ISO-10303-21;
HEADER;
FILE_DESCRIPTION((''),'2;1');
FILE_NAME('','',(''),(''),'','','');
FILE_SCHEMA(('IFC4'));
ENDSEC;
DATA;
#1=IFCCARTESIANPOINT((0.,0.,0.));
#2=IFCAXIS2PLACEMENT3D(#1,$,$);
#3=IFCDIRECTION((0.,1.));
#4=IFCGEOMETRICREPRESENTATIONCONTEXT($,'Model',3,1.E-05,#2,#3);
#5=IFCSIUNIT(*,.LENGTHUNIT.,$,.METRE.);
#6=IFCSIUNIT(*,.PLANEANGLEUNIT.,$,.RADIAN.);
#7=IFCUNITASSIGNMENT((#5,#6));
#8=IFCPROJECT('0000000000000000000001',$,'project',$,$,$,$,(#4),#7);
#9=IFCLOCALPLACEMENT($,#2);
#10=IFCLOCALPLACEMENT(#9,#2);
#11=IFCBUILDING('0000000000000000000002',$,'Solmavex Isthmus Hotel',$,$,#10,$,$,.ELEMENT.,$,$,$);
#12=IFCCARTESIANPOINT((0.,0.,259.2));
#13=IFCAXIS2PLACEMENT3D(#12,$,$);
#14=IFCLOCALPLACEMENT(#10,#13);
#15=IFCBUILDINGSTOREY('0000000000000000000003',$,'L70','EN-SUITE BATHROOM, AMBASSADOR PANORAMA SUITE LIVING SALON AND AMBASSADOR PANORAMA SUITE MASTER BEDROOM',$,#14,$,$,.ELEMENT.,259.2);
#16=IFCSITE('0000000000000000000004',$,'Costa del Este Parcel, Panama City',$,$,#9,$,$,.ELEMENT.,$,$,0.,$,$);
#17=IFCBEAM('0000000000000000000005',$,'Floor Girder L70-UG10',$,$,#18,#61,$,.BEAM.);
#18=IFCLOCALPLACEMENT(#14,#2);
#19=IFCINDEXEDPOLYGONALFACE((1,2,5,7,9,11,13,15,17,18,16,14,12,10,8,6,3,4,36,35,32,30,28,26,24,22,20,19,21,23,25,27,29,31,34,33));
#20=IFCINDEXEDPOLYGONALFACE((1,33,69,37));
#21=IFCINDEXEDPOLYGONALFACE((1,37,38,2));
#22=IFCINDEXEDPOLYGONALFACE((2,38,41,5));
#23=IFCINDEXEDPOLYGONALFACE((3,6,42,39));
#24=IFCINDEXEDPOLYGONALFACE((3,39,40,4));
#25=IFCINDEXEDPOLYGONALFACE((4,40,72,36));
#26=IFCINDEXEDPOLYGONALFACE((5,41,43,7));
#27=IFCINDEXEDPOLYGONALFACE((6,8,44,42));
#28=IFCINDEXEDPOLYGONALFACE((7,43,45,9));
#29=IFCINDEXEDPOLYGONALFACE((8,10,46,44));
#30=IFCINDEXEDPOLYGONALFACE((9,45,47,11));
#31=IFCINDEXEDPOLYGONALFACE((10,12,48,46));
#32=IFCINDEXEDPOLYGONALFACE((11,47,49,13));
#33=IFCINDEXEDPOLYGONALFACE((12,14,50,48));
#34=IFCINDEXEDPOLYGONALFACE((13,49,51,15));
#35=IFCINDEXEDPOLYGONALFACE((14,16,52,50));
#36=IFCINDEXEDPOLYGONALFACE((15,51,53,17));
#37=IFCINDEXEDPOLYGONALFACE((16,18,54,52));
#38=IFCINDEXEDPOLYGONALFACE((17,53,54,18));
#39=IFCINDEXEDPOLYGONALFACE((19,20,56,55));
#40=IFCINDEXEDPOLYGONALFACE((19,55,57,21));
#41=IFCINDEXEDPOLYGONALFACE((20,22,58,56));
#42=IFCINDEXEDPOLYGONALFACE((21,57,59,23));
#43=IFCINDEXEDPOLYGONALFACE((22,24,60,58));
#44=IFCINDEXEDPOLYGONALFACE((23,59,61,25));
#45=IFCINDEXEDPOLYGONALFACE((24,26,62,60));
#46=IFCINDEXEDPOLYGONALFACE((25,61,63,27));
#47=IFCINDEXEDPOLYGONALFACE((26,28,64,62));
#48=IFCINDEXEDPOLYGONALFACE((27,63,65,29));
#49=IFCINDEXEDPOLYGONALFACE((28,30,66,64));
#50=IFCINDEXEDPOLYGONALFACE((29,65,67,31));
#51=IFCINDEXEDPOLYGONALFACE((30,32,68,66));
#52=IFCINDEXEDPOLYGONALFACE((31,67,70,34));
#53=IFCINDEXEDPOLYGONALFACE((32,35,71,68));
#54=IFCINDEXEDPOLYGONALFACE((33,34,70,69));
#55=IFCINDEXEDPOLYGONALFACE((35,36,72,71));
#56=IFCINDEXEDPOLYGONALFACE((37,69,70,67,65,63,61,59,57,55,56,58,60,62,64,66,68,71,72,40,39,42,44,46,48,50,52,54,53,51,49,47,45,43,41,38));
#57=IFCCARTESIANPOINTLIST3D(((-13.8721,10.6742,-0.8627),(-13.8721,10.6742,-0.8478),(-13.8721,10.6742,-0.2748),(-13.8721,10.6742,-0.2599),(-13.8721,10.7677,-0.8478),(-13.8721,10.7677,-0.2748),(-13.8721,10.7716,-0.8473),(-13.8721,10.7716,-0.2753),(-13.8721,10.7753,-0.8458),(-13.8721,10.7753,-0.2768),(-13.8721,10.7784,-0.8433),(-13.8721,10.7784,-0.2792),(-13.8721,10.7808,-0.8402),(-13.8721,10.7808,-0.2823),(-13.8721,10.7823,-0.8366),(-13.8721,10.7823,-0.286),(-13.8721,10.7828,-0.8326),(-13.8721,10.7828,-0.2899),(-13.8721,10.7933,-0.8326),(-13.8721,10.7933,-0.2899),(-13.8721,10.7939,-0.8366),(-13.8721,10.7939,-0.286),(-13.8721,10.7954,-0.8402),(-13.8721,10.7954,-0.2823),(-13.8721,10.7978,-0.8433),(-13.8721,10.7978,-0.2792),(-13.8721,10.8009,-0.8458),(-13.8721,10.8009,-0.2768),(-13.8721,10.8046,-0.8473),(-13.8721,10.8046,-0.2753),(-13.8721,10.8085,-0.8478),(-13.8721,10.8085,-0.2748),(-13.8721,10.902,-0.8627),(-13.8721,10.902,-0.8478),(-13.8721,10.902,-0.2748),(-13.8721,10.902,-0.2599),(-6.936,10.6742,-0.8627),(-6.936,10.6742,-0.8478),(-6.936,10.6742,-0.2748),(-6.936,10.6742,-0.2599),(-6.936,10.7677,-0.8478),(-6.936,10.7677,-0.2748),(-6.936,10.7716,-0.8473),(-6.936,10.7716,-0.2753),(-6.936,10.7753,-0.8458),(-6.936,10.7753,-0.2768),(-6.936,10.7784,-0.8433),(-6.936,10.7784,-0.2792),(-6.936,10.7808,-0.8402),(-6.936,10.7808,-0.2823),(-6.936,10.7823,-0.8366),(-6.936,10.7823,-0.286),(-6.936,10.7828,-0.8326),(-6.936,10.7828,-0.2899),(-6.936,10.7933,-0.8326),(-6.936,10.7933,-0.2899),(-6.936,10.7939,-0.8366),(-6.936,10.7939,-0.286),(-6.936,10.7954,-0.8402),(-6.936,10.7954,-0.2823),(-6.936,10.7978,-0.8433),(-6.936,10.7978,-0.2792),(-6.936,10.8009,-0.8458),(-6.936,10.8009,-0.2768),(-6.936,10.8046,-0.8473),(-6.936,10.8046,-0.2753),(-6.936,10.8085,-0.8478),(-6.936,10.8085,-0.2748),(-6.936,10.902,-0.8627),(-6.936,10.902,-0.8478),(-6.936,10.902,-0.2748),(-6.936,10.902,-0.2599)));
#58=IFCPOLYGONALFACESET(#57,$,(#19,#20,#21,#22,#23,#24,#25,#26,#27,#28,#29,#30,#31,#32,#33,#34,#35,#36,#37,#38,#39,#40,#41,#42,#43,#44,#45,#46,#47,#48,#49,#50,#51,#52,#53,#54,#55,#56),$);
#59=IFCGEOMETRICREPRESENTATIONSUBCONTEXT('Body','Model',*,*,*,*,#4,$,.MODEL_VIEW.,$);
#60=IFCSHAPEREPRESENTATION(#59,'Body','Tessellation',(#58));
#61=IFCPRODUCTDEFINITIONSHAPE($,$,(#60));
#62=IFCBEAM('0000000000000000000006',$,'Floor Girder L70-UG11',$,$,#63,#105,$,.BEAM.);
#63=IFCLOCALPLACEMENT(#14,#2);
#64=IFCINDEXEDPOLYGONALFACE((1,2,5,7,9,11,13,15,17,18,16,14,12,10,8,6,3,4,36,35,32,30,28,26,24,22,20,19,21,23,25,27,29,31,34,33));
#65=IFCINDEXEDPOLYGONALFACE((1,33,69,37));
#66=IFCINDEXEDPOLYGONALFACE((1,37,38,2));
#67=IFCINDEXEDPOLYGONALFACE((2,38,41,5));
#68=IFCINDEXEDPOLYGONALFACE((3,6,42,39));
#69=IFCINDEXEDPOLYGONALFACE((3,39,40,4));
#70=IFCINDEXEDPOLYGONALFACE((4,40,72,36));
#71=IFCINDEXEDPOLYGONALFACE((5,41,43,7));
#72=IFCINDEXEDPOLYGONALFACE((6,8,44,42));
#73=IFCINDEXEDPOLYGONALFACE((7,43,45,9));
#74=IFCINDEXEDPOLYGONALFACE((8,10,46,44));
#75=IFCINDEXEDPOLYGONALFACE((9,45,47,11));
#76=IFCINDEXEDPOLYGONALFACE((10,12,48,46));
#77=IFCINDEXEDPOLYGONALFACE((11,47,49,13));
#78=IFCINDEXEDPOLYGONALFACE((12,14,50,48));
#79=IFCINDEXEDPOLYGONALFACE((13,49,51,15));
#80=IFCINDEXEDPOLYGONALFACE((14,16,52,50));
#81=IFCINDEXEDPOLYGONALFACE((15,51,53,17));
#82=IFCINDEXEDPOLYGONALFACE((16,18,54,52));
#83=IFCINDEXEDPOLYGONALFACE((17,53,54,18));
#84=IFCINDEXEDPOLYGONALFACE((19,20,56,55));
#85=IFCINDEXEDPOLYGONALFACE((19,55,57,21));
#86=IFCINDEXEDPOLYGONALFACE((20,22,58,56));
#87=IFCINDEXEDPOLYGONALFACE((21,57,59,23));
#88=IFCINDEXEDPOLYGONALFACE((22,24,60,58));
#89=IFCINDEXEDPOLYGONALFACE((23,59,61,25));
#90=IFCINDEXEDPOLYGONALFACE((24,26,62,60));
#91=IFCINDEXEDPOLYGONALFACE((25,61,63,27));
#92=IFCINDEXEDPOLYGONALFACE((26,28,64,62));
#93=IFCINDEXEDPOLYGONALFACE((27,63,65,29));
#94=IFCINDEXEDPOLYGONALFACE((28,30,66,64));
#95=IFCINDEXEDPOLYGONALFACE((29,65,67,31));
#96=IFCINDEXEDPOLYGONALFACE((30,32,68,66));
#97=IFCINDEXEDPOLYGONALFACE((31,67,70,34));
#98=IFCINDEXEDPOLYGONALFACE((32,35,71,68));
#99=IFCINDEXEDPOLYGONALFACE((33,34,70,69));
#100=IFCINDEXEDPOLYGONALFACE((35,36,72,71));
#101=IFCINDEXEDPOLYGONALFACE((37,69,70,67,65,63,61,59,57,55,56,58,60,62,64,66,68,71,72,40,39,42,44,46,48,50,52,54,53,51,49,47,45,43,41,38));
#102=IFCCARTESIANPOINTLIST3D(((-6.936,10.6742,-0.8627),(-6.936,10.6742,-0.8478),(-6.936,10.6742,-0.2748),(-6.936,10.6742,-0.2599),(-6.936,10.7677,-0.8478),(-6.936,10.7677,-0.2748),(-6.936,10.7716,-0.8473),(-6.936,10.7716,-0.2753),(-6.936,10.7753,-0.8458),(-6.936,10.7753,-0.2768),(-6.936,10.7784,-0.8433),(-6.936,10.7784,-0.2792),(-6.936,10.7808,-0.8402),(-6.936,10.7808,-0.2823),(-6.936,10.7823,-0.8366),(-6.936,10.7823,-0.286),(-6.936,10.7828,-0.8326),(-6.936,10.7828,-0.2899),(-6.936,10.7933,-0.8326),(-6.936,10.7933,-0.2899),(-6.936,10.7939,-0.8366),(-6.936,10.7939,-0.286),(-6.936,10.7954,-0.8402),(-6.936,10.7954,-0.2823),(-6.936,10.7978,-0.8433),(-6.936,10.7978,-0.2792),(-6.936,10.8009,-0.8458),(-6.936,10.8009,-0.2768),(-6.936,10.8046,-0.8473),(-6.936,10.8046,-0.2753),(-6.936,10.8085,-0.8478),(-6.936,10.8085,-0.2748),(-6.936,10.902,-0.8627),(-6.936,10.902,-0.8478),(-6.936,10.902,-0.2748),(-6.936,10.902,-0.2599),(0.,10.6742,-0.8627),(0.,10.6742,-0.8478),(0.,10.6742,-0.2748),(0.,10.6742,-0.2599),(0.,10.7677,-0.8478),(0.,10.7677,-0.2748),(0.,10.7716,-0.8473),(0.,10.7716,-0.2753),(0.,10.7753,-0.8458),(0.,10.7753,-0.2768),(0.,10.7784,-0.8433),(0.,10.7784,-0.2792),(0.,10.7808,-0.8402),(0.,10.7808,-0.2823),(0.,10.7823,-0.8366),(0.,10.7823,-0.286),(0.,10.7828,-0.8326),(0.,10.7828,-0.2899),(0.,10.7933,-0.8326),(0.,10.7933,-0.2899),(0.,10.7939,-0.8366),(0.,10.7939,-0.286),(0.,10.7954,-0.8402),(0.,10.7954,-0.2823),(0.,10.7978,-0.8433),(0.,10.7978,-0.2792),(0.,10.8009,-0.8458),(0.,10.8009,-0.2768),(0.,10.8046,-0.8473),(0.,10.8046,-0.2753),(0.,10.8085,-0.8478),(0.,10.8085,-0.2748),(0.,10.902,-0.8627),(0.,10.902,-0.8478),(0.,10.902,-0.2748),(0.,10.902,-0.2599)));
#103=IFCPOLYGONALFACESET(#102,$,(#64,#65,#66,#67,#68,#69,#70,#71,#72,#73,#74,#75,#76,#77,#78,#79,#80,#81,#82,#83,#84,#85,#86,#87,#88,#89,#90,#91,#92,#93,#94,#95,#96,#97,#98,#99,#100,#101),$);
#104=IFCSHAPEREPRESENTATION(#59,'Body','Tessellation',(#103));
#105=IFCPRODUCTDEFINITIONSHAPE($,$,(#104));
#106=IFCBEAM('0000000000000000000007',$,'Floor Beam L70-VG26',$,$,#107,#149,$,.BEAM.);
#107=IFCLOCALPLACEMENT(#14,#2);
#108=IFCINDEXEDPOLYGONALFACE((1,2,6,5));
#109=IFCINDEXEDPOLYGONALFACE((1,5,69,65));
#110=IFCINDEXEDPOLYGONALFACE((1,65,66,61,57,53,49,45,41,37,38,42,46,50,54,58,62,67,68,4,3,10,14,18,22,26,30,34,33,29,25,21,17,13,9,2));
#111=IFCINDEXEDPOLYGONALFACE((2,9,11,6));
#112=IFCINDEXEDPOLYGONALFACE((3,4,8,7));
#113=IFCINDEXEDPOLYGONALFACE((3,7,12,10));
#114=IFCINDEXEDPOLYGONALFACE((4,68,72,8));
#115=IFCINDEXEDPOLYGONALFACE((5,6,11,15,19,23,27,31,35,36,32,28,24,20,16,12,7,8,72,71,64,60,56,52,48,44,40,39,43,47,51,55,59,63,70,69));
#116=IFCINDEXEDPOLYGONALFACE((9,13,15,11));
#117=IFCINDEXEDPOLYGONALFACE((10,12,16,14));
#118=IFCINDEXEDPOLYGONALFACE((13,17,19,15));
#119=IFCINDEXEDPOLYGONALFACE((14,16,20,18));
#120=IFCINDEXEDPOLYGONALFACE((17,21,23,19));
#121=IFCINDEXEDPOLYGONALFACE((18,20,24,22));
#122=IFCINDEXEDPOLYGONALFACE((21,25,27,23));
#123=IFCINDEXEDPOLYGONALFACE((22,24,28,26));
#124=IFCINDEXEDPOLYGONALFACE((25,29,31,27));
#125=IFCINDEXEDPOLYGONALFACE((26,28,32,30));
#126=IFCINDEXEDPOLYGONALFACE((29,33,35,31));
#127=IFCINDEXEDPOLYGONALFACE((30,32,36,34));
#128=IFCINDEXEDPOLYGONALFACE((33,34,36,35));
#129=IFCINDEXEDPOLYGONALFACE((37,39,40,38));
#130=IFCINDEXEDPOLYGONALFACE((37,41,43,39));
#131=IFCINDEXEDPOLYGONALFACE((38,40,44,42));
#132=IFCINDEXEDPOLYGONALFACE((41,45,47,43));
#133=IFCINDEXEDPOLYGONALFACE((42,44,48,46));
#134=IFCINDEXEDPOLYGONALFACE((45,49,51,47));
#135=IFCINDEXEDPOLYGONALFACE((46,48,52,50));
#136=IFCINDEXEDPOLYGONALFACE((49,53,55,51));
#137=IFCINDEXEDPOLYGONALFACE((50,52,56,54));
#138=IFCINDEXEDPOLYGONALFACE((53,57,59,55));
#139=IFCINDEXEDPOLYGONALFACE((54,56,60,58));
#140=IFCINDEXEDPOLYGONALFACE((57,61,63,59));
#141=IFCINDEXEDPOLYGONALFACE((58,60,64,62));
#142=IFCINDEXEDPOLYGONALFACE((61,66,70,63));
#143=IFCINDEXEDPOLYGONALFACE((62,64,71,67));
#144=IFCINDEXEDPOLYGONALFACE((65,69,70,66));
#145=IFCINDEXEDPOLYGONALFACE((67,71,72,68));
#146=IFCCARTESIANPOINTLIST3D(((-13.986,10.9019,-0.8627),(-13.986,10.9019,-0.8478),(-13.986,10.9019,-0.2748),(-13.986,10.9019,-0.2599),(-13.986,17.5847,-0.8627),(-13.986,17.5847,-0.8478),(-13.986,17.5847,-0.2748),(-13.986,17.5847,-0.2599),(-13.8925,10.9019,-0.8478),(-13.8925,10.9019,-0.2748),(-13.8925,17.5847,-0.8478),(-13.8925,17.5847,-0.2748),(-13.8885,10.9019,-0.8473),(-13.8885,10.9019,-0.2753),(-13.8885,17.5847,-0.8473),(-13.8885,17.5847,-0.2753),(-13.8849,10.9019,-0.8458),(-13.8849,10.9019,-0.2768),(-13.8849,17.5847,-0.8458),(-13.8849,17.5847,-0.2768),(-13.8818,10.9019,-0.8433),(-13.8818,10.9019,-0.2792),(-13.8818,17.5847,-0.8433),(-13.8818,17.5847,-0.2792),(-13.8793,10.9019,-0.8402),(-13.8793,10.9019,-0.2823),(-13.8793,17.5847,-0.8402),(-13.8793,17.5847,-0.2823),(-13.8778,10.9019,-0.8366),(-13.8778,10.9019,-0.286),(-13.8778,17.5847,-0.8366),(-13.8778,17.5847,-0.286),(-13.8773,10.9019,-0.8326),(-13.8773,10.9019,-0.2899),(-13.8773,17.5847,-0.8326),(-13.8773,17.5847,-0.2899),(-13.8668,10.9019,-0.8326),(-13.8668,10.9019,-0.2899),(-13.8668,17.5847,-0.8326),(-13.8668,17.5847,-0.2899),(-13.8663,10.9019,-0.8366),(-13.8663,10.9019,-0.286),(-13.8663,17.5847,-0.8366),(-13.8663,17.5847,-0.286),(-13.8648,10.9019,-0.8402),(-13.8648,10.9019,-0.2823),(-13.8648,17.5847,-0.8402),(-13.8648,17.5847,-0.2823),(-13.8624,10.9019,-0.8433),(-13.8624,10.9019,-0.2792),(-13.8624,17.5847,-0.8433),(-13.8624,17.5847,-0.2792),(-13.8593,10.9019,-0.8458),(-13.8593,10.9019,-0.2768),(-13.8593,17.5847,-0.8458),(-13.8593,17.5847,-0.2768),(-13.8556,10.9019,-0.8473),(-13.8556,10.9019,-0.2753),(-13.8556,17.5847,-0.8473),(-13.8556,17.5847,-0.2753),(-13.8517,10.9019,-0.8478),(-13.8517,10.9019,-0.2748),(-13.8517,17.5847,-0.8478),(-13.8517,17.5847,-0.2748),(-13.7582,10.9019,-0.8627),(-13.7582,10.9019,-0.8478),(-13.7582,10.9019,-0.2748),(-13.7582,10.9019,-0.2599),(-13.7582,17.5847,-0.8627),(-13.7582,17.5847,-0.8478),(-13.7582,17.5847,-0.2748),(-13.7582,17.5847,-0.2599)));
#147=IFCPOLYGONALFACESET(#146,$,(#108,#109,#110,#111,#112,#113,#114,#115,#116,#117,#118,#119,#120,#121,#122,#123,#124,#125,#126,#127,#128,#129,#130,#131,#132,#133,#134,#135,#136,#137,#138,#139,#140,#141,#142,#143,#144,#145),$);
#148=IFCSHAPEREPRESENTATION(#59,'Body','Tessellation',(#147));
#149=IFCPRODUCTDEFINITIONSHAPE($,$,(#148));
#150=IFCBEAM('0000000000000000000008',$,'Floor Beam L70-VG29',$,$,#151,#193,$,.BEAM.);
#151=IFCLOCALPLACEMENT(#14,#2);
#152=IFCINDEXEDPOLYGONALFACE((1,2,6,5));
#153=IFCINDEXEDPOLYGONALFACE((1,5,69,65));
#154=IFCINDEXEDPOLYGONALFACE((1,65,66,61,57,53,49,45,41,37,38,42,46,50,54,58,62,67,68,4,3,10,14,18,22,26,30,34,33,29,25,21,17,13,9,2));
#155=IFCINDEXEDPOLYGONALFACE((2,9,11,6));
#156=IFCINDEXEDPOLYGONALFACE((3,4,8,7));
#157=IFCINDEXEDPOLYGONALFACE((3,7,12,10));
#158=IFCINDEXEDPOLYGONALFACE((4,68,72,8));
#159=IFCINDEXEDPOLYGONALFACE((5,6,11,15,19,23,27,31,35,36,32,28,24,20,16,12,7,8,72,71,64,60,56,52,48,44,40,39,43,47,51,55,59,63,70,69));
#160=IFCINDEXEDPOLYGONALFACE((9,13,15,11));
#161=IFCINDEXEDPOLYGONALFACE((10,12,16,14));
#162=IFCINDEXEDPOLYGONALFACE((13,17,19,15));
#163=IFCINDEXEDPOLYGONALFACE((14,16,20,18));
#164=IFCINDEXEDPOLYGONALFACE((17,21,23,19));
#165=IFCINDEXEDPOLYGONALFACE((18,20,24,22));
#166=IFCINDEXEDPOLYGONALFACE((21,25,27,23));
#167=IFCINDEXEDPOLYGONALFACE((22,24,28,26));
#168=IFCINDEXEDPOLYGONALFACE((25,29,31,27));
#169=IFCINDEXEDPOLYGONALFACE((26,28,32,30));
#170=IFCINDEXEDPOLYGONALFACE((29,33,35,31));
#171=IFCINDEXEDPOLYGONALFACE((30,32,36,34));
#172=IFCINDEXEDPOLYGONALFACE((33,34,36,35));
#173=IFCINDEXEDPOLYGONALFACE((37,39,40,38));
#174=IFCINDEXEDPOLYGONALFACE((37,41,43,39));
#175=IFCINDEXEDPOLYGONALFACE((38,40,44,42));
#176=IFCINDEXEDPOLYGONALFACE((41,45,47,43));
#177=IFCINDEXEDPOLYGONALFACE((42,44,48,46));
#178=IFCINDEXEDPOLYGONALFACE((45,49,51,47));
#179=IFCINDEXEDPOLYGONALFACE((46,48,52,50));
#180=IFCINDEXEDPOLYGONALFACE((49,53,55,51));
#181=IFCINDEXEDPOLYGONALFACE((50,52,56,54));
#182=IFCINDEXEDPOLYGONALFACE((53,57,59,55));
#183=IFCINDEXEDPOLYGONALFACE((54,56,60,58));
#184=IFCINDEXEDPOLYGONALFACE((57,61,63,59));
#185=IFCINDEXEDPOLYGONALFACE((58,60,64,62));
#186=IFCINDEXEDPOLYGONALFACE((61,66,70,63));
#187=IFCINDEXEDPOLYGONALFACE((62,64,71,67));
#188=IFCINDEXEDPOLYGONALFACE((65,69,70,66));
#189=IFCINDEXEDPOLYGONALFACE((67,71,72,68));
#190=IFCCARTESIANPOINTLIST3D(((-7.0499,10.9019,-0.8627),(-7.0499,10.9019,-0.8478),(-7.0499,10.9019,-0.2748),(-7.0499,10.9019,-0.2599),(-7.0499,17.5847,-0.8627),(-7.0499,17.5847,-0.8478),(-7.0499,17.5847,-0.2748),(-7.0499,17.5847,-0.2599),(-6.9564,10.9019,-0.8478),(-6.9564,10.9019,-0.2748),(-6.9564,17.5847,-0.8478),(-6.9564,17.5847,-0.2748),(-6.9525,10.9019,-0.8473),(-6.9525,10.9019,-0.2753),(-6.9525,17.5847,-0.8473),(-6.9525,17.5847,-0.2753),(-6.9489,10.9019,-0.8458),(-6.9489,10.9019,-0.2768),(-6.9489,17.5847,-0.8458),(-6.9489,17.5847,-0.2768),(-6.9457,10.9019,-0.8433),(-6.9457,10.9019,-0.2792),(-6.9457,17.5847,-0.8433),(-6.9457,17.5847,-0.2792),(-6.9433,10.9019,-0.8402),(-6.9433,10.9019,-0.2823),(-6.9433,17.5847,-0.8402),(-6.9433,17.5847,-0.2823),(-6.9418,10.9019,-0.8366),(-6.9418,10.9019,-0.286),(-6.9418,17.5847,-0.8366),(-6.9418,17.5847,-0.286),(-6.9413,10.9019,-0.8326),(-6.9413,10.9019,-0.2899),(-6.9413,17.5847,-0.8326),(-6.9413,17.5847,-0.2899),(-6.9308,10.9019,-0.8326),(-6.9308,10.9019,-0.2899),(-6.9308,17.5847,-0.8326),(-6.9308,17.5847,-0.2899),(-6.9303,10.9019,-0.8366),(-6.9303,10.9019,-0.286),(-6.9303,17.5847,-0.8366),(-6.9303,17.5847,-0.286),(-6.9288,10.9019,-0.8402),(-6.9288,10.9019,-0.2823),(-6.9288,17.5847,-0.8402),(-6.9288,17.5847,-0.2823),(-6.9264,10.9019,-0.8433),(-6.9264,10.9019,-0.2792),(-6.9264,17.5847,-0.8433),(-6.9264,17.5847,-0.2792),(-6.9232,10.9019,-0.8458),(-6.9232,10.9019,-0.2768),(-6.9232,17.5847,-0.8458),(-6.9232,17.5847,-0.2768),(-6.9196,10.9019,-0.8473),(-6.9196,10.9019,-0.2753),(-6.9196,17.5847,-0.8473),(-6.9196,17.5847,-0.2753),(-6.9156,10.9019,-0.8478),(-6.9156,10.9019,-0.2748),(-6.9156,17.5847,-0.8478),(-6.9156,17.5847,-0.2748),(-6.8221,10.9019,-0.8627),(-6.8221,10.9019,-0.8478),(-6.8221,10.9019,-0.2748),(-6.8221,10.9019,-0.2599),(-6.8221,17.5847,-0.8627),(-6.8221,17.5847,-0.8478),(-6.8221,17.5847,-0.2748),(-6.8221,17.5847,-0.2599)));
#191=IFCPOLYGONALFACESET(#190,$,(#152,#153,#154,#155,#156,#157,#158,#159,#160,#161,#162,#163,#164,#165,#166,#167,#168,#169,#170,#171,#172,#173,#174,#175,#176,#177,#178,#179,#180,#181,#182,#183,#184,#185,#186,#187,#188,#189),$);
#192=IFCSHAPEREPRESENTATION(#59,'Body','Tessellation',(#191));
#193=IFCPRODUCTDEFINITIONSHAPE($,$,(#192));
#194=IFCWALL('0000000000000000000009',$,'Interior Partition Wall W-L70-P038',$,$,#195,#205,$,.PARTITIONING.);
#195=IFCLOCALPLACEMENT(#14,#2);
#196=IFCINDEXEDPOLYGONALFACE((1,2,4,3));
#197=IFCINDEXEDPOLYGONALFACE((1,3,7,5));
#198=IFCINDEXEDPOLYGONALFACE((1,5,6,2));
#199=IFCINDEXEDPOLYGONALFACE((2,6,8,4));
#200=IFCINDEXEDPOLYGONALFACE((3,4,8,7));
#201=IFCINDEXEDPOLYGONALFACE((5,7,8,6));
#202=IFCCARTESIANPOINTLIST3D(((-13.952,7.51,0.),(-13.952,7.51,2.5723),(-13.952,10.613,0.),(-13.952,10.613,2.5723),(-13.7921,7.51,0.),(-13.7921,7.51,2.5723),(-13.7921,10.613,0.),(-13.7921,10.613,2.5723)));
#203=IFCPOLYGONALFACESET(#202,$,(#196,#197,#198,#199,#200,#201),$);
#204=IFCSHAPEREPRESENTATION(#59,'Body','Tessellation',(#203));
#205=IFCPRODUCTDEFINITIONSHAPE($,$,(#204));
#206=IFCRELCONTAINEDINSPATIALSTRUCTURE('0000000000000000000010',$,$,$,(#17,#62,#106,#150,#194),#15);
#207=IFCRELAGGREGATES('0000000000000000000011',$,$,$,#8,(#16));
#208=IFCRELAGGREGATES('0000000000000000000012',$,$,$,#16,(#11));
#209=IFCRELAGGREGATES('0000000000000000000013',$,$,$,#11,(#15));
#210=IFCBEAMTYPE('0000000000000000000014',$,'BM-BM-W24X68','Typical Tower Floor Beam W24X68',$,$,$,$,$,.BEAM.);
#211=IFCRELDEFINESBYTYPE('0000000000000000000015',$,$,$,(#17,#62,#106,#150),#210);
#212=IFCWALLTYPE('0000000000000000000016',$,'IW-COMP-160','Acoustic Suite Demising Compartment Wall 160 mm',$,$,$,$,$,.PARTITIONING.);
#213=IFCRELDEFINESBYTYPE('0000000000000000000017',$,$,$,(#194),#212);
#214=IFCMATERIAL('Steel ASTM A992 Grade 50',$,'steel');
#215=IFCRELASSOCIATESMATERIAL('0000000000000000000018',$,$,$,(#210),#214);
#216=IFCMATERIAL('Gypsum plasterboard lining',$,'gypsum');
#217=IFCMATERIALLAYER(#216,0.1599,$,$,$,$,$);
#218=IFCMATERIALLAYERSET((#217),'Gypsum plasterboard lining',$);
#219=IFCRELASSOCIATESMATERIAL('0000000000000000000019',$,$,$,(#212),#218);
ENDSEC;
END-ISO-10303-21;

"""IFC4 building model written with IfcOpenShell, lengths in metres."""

from ifc_helpers import new_model, si_unit, direction, frame, frame_2d, origin, origin_2d, place, context, subcontext, project, spatial, rectangle, i_section, extrude, material, layer, layer_set, material_profile, profile_set, type_object, element, save


model = new_model("IFC4")

# Units and contexts
model_context = context("Model", 3, precision=1e-05, world=origin(), true_north=direction((0.0, 1.0)))
body_context = subcontext(model_context, "Body", "Model", "MODEL_VIEW")
ifc_project = project(units=[si_unit("LENGTHUNIT", "METRE"), si_unit("PLANEANGLEUNIT", "RADIAN")], contexts=[model_context])

# Site, building, storey
site_placement = place(None, origin())
site = spatial("IfcSite", under=ifc_project, at=site_placement, Name="Costa del Este Parcel, Panama City", CompositionType="ELEMENT", RefElevation=0.0)
building_placement = place(site_placement, origin())
building = spatial("IfcBuilding", under=site, at=building_placement, Name="Solmavex Isthmus Hotel", CompositionType="ELEMENT")
storey_placement = place(building_placement, frame((0.0, 0.0, 259.2)))
storey = spatial("IfcBuildingStorey", under=building, at=storey_placement, Name="L70", Description="EN-SUITE BATHROOM, AMBASSADOR PANORAMA SUITE LIVING SALON AND AMBASSADOR PANORAMA SUITE MASTER BEDROOM", CompositionType="ELEMENT", Elevation=259.2)

# Beams
ifc_material_1 = material(Name="Steel ASTM A992 Grade 50", Category="steel")
ifc_material_profile_1 = material_profile(ifc_material_1, i_section(OverallWidth=0.2278, OverallDepth=0.6028, WebThickness=0.0105, FlangeThickness=0.0149, FilletRadius=0.0151, at=origin_2d()), Name="W24X68")
ifc_profile_set_1 = profile_set([ifc_material_profile_1], Name="Steel ASTM A992 Grade 50")
beam_type_1 = type_object("IfcBeamType", Name="BM-BM-W24X68", Description="Typical Tower Floor Beam W24X68", PredefinedType="BEAM", material=ifc_profile_set_1)
for number, where, z_axis, x_axis, name in (
    (1, (-13.8721, 10.7881, -0.5613), (1.0, 0.0, 0.0), (0.0, 1.0, 0.0), "Floor Girder L70-UG10"),
    (2, (-6.936, 10.7881, -0.5613), (1.0, 0.0, 0.0), (0.0, 1.0, 0.0), "Floor Girder L70-UG11"),
):
    element("IfcBeam", number, at=place(storey_placement, frame(where, z_axis=z_axis, x_axis=x_axis)), inside=storey, type_object=beam_type_1, Name=name, PredefinedType="BEAM", context=body_context, shape_type="SweptSolid", body=[
        extrude(i_section(OverallWidth=0.2278, OverallDepth=0.6028, WebThickness=0.0105, FlangeThickness=0.0149, FilletRadius=0.0151, at=origin_2d()), origin(), (0.0, 0.0, 1.0), 6.936),
    ])
for number, where, z_axis, x_axis, name in (
    (3, (-13.8721, 10.9019, -0.5613), (0.0, 1.0, 0.0), (-1.0, 0.0, 0.0), "Floor Beam L70-VG26"),
    (4, (-6.936, 10.9019, -0.5613), (0.0, 1.0, 0.0), (-1.0, 0.0, 0.0), "Floor Beam L70-VG29"),
):
    element("IfcBeam", number, at=place(storey_placement, frame(where, z_axis=z_axis, x_axis=x_axis)), inside=storey, type_object=beam_type_1, Name=name, PredefinedType="BEAM", context=body_context, shape_type="SweptSolid", body=[
        extrude(i_section(OverallWidth=0.2278, OverallDepth=0.6028, WebThickness=0.0105, FlangeThickness=0.0149, FilletRadius=0.0151, at=origin_2d()), origin(), (0.0, 0.0, 1.0), 6.6829),
    ])

# Wall
ifc_material_2 = material(Name="Gypsum plasterboard lining", Category="gypsum")
ifc_layer_1 = layer(ifc_material_2, 0.1599)
ifc_layer_set_1 = layer_set([ifc_layer_1], Name="Gypsum plasterboard lining")
wall_type_1 = type_object("IfcWallType", Name="IW-COMP-160", Description="Acoustic Suite Demising Compartment Wall 160 mm", PredefinedType="PARTITIONING", material=ifc_layer_set_1)
wall_1_placement = place(storey_placement, frame((-13.8721, 10.613, 0.0), z_axis=(0.0, 0.0, 1.0), x_axis=(0.0, -1.0, 0.0)))
element("IfcWall", 5, at=wall_1_placement, inside=storey, type_object=wall_type_1, Name="Interior Partition Wall W-L70-P038", PredefinedType="PARTITIONING", context=body_context, shape_type="SweptSolid", body=[
    extrude(rectangle(XDim=3.103, YDim=0.1599, at=frame_2d((1.5515, 0.0))), origin(), (0.0, 0.0, 1.0), 2.5723),
])

save(model, "model.ifc")
